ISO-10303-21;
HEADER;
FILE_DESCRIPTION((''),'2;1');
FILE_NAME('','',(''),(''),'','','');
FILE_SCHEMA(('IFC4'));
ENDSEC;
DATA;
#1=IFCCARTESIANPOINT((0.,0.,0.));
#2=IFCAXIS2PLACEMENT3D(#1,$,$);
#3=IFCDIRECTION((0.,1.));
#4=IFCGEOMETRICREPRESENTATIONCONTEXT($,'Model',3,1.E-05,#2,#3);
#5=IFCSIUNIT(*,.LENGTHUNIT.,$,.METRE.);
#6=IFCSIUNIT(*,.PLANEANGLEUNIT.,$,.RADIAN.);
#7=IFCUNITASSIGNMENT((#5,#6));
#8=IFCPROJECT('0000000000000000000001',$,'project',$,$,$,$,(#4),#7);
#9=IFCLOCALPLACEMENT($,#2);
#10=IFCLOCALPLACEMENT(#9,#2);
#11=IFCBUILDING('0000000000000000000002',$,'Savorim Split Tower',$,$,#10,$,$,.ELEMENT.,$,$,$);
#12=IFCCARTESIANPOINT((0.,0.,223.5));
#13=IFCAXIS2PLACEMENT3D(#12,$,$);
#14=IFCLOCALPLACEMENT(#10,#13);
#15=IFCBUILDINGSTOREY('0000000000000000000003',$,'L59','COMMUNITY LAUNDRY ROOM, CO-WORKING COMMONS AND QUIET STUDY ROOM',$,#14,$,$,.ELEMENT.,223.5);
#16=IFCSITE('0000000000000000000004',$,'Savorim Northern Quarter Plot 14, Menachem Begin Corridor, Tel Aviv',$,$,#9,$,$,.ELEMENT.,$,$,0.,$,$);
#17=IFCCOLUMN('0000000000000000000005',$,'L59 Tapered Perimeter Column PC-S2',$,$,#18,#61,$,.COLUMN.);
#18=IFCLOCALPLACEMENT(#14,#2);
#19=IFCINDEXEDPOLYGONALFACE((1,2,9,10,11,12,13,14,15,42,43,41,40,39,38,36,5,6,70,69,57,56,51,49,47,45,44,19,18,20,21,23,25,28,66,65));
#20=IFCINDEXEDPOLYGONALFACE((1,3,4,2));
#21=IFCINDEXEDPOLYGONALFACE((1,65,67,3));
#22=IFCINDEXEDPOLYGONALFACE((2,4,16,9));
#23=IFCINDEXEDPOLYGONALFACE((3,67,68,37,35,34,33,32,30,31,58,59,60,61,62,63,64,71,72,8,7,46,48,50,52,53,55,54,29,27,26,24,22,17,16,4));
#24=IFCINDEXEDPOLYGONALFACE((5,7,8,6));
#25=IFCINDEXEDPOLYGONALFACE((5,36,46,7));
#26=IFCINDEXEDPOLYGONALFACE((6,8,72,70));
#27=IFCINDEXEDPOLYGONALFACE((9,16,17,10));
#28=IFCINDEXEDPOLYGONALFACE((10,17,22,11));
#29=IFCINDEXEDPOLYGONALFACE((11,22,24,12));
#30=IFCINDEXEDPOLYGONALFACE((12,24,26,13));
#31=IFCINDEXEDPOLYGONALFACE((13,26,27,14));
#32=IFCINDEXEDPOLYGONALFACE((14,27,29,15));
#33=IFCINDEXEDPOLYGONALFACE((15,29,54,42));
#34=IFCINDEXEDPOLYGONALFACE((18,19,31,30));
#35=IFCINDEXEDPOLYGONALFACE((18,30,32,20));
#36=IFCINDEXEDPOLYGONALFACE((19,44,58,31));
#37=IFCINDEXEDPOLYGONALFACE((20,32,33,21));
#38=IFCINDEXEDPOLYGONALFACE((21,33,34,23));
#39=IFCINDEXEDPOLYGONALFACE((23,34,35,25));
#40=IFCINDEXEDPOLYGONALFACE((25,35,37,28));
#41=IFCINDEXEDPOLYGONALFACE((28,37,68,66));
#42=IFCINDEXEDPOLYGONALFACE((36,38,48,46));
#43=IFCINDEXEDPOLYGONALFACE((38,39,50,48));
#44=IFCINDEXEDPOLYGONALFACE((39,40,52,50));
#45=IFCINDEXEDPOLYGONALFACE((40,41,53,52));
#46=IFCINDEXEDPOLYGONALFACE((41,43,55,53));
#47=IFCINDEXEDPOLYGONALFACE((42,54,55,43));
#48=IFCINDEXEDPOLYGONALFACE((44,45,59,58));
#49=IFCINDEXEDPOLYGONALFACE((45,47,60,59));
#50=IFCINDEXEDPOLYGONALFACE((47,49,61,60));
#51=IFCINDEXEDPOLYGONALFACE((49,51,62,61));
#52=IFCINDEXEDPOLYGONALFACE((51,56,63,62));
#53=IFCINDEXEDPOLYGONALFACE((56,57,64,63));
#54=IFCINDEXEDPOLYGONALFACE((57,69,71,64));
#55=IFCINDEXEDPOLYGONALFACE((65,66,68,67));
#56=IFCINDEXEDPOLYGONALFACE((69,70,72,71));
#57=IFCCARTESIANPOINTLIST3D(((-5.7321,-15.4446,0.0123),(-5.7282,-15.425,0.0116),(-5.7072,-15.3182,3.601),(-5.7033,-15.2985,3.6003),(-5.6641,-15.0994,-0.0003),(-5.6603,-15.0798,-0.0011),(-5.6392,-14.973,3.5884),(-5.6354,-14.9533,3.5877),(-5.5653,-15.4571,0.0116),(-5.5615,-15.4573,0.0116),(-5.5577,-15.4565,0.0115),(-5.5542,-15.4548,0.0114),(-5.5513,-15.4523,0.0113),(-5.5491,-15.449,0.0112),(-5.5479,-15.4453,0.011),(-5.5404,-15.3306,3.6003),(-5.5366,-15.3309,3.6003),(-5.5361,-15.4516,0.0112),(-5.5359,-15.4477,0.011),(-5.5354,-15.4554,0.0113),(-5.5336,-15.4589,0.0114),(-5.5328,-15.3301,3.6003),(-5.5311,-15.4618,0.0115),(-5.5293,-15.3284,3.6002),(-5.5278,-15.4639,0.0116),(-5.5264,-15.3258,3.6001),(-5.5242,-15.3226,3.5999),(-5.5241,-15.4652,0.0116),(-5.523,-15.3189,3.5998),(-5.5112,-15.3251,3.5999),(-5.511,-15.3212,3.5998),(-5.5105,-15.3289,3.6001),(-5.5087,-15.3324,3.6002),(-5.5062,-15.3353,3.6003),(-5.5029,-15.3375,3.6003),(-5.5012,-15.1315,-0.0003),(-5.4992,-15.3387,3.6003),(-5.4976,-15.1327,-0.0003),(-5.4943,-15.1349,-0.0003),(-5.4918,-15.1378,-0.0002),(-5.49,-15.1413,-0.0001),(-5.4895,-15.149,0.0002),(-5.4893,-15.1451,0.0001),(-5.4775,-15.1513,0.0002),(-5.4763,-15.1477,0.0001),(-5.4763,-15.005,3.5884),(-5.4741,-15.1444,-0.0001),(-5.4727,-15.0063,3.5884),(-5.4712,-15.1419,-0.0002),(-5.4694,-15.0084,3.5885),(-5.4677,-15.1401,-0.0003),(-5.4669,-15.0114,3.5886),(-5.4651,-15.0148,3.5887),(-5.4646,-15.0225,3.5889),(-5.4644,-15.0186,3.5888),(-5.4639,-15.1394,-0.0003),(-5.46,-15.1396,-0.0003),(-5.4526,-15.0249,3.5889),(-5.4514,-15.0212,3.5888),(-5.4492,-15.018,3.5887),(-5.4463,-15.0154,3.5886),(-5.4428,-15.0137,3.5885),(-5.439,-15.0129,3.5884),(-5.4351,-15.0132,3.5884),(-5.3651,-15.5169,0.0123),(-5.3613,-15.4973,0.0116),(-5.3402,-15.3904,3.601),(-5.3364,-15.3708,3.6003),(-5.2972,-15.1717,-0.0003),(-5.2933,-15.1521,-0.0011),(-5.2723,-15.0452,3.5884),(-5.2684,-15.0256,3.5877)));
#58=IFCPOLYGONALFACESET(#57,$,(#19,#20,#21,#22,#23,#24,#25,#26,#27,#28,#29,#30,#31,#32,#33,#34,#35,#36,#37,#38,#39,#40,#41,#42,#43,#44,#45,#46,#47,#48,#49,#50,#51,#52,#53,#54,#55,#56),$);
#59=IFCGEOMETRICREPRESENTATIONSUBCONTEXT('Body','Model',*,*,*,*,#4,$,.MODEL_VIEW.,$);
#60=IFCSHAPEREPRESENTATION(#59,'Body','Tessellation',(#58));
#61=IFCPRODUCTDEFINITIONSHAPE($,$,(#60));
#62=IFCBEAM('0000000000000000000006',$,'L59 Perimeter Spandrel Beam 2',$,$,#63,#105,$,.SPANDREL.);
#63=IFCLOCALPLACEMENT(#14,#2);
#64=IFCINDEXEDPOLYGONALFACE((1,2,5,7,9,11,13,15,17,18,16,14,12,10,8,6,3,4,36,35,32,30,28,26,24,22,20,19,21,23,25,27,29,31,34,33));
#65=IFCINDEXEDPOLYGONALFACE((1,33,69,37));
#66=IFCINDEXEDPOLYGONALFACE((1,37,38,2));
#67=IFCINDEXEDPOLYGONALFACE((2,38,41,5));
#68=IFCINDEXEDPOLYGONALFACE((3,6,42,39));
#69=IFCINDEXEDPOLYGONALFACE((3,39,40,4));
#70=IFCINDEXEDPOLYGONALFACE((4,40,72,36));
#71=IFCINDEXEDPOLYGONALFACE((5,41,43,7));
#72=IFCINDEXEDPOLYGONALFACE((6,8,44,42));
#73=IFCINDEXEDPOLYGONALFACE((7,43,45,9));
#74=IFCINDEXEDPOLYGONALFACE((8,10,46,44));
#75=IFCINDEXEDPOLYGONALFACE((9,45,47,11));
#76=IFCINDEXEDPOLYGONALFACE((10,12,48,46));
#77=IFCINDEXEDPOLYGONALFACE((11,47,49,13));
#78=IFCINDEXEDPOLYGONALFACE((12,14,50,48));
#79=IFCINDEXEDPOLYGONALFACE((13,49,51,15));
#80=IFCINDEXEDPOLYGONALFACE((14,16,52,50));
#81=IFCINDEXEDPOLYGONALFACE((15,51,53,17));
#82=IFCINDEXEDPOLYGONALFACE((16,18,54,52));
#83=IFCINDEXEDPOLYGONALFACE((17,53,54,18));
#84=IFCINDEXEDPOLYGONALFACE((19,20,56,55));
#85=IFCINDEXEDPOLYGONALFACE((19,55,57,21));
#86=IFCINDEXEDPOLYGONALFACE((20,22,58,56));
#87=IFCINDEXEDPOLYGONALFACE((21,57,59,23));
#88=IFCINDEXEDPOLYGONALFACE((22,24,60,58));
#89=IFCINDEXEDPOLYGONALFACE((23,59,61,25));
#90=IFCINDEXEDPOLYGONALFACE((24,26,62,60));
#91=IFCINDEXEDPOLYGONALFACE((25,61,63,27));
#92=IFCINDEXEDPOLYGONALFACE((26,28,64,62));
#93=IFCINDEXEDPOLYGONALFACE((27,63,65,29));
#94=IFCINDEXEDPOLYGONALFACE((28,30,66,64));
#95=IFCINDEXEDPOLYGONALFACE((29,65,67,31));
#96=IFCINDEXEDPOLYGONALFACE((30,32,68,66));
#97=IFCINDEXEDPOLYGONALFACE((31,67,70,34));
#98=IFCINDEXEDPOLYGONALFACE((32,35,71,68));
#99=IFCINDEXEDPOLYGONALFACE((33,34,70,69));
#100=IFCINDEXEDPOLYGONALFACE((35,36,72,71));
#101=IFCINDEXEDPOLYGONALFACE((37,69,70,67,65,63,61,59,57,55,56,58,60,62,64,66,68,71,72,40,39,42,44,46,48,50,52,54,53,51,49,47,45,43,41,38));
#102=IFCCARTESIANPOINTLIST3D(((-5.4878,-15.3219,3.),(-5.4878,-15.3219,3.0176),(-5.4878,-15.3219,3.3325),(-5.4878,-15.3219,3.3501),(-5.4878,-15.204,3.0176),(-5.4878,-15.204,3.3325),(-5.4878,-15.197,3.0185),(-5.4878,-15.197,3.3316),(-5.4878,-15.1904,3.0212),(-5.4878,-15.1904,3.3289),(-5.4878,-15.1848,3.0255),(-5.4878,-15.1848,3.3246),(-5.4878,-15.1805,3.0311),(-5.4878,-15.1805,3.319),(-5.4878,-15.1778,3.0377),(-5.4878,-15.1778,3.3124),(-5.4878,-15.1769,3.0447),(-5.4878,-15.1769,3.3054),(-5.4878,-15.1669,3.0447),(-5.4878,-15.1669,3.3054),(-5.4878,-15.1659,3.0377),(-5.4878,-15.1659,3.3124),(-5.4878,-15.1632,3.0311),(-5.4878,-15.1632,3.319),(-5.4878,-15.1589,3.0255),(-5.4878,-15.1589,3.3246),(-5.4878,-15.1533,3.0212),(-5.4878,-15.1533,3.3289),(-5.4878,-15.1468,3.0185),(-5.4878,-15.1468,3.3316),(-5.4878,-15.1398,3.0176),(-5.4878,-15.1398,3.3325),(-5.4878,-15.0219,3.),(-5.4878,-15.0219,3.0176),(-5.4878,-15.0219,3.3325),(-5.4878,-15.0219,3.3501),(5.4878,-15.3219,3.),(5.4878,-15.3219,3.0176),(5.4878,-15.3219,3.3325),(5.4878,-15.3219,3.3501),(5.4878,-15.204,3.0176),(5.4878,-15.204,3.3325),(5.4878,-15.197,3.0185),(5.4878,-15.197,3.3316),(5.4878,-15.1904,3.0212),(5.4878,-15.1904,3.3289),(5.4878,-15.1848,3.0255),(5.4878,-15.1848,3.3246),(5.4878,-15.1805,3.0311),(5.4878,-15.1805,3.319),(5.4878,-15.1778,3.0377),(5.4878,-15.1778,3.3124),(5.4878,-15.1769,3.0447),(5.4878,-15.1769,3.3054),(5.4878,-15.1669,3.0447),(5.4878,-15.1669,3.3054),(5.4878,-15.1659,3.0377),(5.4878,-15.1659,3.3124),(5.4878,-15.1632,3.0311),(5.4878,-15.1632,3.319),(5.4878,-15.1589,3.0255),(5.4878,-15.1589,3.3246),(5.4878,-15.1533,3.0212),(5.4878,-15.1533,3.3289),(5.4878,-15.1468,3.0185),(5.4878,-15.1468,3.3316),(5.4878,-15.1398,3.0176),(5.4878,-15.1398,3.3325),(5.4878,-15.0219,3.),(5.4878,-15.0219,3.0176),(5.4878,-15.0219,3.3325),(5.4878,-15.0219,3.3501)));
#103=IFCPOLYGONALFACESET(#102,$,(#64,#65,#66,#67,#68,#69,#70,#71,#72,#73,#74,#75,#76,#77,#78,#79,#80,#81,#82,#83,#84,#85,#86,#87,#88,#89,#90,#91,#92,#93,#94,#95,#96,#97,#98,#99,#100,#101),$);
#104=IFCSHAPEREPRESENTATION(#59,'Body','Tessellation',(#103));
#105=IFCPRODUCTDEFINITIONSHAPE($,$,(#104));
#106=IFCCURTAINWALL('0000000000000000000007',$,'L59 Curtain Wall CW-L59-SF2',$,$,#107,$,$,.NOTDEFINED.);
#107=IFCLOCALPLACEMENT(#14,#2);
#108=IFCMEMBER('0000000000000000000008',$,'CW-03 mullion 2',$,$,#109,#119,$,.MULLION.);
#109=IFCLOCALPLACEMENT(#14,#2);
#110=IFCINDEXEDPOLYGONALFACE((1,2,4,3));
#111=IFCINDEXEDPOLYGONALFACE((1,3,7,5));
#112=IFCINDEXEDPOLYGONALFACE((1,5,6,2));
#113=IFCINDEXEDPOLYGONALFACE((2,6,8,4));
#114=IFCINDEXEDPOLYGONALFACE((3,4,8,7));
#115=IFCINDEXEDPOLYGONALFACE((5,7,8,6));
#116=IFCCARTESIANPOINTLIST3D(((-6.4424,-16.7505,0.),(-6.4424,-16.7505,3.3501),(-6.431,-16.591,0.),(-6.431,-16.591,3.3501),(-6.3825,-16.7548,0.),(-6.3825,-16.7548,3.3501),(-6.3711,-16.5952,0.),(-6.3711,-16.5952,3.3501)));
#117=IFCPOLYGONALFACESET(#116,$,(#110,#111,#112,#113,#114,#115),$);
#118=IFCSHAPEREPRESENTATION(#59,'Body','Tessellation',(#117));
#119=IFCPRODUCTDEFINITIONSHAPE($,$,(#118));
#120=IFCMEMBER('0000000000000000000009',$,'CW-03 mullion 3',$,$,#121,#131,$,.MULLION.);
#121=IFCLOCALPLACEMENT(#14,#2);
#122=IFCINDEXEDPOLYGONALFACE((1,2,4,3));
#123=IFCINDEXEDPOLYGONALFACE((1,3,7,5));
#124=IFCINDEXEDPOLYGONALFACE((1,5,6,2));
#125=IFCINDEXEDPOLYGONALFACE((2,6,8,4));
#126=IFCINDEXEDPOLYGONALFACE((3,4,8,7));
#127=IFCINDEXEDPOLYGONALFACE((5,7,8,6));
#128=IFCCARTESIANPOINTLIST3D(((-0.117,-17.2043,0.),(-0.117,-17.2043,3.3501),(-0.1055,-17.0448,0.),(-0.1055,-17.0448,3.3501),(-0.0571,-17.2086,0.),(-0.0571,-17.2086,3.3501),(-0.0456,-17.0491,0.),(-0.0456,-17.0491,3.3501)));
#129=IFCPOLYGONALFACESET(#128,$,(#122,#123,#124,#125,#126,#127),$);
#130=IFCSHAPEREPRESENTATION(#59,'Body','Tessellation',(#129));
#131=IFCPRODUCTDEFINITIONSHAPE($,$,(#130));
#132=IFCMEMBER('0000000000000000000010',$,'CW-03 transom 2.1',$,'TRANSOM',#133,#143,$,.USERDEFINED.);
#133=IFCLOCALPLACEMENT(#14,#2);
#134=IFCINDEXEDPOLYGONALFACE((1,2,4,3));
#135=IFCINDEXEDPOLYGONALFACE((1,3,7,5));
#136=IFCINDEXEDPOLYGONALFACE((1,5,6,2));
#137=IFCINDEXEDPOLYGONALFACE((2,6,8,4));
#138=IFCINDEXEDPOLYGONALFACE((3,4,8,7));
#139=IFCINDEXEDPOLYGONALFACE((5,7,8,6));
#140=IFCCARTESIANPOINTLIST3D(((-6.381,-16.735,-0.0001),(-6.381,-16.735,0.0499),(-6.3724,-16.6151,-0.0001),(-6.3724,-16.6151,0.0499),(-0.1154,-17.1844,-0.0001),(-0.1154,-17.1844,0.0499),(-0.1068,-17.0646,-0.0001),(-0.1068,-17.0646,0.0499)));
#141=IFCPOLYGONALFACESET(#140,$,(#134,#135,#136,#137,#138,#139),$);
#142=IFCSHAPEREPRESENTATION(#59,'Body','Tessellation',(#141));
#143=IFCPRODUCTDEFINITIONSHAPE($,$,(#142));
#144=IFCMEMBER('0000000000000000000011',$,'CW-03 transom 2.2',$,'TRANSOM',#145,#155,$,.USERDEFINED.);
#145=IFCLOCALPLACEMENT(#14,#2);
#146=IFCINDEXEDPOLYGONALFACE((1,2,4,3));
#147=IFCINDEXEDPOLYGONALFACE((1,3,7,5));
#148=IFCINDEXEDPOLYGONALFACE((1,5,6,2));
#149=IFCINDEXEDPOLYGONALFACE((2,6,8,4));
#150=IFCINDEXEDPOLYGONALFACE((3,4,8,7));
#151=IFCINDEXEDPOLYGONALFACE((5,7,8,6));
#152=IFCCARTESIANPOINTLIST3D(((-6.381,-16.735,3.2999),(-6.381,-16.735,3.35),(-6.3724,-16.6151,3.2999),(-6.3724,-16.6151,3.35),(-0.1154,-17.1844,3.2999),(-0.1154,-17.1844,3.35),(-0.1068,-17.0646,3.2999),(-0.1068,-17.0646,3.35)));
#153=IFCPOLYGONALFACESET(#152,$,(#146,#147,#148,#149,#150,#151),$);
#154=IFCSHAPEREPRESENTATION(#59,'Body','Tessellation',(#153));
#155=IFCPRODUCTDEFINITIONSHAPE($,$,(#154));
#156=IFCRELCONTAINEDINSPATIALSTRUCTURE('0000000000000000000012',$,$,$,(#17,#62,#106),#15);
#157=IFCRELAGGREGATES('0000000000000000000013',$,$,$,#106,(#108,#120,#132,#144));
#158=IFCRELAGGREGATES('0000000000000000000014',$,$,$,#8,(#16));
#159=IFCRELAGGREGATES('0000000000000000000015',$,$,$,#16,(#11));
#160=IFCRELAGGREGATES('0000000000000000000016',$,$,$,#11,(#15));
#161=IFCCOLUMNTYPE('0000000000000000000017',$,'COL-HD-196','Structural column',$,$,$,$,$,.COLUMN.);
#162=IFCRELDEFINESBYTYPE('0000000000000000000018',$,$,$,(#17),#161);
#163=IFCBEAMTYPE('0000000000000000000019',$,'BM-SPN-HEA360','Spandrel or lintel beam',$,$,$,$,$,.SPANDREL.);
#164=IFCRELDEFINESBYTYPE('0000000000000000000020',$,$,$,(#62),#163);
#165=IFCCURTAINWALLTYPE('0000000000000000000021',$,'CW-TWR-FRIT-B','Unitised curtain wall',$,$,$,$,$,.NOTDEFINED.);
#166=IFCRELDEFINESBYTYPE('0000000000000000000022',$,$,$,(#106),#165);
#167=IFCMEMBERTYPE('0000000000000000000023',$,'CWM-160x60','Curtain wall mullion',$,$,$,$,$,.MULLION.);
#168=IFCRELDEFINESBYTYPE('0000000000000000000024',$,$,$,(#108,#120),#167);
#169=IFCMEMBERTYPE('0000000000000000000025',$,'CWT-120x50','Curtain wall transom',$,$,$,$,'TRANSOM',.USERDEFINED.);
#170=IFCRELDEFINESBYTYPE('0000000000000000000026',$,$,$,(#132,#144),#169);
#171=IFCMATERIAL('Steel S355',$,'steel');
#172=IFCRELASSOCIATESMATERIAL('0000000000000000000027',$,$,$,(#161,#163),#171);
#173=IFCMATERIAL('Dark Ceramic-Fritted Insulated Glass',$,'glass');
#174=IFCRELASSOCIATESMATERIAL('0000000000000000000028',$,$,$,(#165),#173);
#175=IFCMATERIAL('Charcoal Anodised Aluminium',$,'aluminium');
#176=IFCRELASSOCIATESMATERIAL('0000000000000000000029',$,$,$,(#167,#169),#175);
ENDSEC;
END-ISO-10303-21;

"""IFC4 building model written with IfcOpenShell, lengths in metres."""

from ifc_helpers import new_model, si_unit, direction, frame, origin, origin_2d, place, context, subcontext, project, spatial, rectangle, i_section, extrude, material, material_profile, profile_set, type_object, element, aggregate, save


model = new_model("IFC4")

# Units and contexts
model_context = context("Model", 3, precision=1e-05, world=origin(), true_north=direction((0.0, 1.0)))
body_context = subcontext(model_context, "Body", "Model", "MODEL_VIEW")
ifc_project = project(units=[si_unit("LENGTHUNIT", "METRE"), si_unit("PLANEANGLEUNIT", "RADIAN")], contexts=[model_context])

# Site, building, storey
site_placement = place(None, origin())
site = spatial("IfcSite", under=ifc_project, at=site_placement, Name="Savorim Northern Quarter Plot 14, Menachem Begin Corridor, Tel Aviv", CompositionType="ELEMENT", RefElevation=0.0)
building_placement = place(site_placement, origin())
building = spatial("IfcBuilding", under=site, at=building_placement, Name="Savorim Split Tower", CompositionType="ELEMENT")
storey_placement = place(building_placement, frame((0.0, 0.0, 223.5)))
storey = spatial("IfcBuildingStorey", under=building, at=storey_placement, Name="L59", Description="COMMUNITY LAUNDRY ROOM, CO-WORKING COMMONS AND QUIET STUDY ROOM", CompositionType="ELEMENT", Elevation=223.5)

# Column
ifc_material_1 = material(Name="Steel S355", Category="steel")
ifc_material_profile_1 = material_profile(ifc_material_1, i_section(OverallWidth=0.374, OverallDepth=0.3721, WebThickness=0.0122, FlangeThickness=0.02, FilletRadius=0.0149, at=origin_2d()), Name="HD 360x196")
ifc_profile_set_1 = profile_set([ifc_material_profile_1], Name="Steel S355")
column_type = type_object("IfcColumnType", Name="COL-HD-196", Description="Structural column", PredefinedType="COLUMN", material=ifc_profile_set_1)
column_placement = place(storey_placement, frame((-5.5127, -15.2983, 0.0056), z_axis=(0.006934, 0.035215, 0.999356), x_axis=(-0.981159, 0.193201, 0.0)))
element("IfcColumn", 1, at=column_placement, inside=storey, type_object=column_type, Name="L59 Tapered Perimeter Column PC-S2", PredefinedType="COLUMN", context=body_context, shape_type="SweptSolid", body=[
    extrude(i_section(OverallWidth=0.374, OverallDepth=0.3721, WebThickness=0.0122, FlangeThickness=0.02, FilletRadius=0.0149, at=origin_2d()), origin(), (0.0, 0.0, 1.0), 3.5911),
])

# Beam
ifc_material_profile_2 = material_profile(ifc_material_1, i_section(OverallWidth=0.3, OverallDepth=0.3501, WebThickness=0.01, FlangeThickness=0.0176, FilletRadius=0.0271, at=origin_2d()), Name="HEA 360")
ifc_profile_set_2 = profile_set([ifc_material_profile_2], Name="Steel S355")
beam_type = type_object("IfcBeamType", Name="BM-SPN-HEA360", Description="Spandrel or lintel beam", PredefinedType="SPANDREL", material=ifc_profile_set_2)
beam_placement = place(storey_placement, frame((-5.4878, -15.1719, 3.175), z_axis=(1.0, 0.0, 0.0), x_axis=(0.0, 1.0, 0.0)))
element("IfcBeam", 2, at=beam_placement, inside=storey, type_object=beam_type, Name="L59 Perimeter Spandrel Beam 2", PredefinedType="SPANDREL", context=body_context, shape_type="SweptSolid", body=[
    extrude(i_section(OverallWidth=0.3, OverallDepth=0.3501, WebThickness=0.01, FlangeThickness=0.0176, FilletRadius=0.0271, at=origin_2d()), origin(), (0.0, 0.0, 1.0), 10.9756),
])

# Curtain wall, members
ifc_material_2 = material(Name="Dark Ceramic-Fritted Insulated Glass", Category="glass")
curtain_wall_type = type_object("IfcCurtainWallType", Name="CW-TWR-FRIT-B", Description="Unitised curtain wall", PredefinedType="NOTDEFINED", material=ifc_material_2)
curtain_wall_placement = place(storey_placement, origin())
curtain_wall = element("IfcCurtainWall", 3, at=curtain_wall_placement, inside=storey, type_object=curtain_wall_type, Name="L59 Curtain Wall CW-L59-SF2", PredefinedType="NOTDEFINED")
ifc_material_3 = material(Name="Charcoal Anodised Aluminium", Category="aluminium")
ifc_material_profile_3 = material_profile(ifc_material_3, rectangle(XDim=0.1599, YDim=0.0601, at=origin_2d()), Name="ALU-M 160x60")
ifc_profile_set_3 = profile_set([ifc_material_profile_3], Name="Charcoal Anodised Aluminium")
member_type_1 = type_object("IfcMemberType", Name="CWM-160x60", Description="Curtain wall mullion", PredefinedType="MULLION", material=ifc_profile_set_3)
member_1_placement = place(storey_placement, frame((-6.4067, -16.6729, 0.0), z_axis=(0.0, 0.0, 1.0), x_axis=(0.071558, 0.997436, 0.0)))
member_1 = element("IfcMember", 4, at=member_1_placement, type_object=member_type_1, Name="CW-03 mullion 2", PredefinedType="MULLION", context=body_context, shape_type="SweptSolid", body=[
    extrude(rectangle(XDim=0.1599, YDim=0.0601, at=origin_2d()), origin(), (0.0, 0.0, 1.0), 3.3501),
])
member_2_placement = place(storey_placement, frame((-0.0813, -17.1267, 0.0), z_axis=(0.0, 0.0, 1.0), x_axis=(0.071558, 0.997436, 0.0)))
member_2 = element("IfcMember", 5, at=member_2_placement, type_object=member_type_1, Name="CW-03 mullion 3", PredefinedType="MULLION", context=body_context, shape_type="SweptSolid", body=[
    extrude(rectangle(XDim=0.1599, YDim=0.0601, at=origin_2d()), origin(), (0.0, 0.0, 1.0), 3.3501),
])
ifc_material_profile_4 = material_profile(ifc_material_3, rectangle(XDim=0.1201, YDim=0.05, at=origin_2d()), Name="ALU-T 120x50")
ifc_profile_set_4 = profile_set([ifc_material_profile_4], Name="Charcoal Anodised Aluminium")
member_type_2 = type_object("IfcMemberType", Name="CWT-120x50", Description="Curtain wall transom", ElementType="TRANSOM", PredefinedType="USERDEFINED", material=ifc_profile_set_4)
member_3_placement = place(storey_placement, frame((-6.3767, -16.675, 0.0249), z_axis=(0.997437, -0.071551, 0.0), x_axis=(0.071551, 0.997437, 0.0)))
member_3 = element("IfcMember", 6, at=member_3_placement, type_object=member_type_2, Name="CW-03 transom 2.1", ObjectType="TRANSOM", PredefinedType="USERDEFINED", context=body_context, shape_type="SweptSolid", body=[
    extrude(rectangle(XDim=0.1201, YDim=0.05, at=origin_2d()), origin(), (0.0, 0.0, 1.0), 6.2817),
])
member_4_placement = place(storey_placement, frame((-6.3767, -16.675, 3.325), z_axis=(0.997437, -0.071551, 0.0), x_axis=(0.071551, 0.997437, 0.0)))
member_4 = element("IfcMember", 7, at=member_4_placement, type_object=member_type_2, Name="CW-03 transom 2.2", ObjectType="TRANSOM", PredefinedType="USERDEFINED", context=body_context, shape_type="SweptSolid", body=[
    extrude(rectangle(XDim=0.1201, YDim=0.05, at=origin_2d()), origin(), (0.0, 0.0, 1.0), 6.2817),
])

aggregate(curtain_wall, [member_1, member_2, member_3, member_4])

save(model, "model.ifc")
